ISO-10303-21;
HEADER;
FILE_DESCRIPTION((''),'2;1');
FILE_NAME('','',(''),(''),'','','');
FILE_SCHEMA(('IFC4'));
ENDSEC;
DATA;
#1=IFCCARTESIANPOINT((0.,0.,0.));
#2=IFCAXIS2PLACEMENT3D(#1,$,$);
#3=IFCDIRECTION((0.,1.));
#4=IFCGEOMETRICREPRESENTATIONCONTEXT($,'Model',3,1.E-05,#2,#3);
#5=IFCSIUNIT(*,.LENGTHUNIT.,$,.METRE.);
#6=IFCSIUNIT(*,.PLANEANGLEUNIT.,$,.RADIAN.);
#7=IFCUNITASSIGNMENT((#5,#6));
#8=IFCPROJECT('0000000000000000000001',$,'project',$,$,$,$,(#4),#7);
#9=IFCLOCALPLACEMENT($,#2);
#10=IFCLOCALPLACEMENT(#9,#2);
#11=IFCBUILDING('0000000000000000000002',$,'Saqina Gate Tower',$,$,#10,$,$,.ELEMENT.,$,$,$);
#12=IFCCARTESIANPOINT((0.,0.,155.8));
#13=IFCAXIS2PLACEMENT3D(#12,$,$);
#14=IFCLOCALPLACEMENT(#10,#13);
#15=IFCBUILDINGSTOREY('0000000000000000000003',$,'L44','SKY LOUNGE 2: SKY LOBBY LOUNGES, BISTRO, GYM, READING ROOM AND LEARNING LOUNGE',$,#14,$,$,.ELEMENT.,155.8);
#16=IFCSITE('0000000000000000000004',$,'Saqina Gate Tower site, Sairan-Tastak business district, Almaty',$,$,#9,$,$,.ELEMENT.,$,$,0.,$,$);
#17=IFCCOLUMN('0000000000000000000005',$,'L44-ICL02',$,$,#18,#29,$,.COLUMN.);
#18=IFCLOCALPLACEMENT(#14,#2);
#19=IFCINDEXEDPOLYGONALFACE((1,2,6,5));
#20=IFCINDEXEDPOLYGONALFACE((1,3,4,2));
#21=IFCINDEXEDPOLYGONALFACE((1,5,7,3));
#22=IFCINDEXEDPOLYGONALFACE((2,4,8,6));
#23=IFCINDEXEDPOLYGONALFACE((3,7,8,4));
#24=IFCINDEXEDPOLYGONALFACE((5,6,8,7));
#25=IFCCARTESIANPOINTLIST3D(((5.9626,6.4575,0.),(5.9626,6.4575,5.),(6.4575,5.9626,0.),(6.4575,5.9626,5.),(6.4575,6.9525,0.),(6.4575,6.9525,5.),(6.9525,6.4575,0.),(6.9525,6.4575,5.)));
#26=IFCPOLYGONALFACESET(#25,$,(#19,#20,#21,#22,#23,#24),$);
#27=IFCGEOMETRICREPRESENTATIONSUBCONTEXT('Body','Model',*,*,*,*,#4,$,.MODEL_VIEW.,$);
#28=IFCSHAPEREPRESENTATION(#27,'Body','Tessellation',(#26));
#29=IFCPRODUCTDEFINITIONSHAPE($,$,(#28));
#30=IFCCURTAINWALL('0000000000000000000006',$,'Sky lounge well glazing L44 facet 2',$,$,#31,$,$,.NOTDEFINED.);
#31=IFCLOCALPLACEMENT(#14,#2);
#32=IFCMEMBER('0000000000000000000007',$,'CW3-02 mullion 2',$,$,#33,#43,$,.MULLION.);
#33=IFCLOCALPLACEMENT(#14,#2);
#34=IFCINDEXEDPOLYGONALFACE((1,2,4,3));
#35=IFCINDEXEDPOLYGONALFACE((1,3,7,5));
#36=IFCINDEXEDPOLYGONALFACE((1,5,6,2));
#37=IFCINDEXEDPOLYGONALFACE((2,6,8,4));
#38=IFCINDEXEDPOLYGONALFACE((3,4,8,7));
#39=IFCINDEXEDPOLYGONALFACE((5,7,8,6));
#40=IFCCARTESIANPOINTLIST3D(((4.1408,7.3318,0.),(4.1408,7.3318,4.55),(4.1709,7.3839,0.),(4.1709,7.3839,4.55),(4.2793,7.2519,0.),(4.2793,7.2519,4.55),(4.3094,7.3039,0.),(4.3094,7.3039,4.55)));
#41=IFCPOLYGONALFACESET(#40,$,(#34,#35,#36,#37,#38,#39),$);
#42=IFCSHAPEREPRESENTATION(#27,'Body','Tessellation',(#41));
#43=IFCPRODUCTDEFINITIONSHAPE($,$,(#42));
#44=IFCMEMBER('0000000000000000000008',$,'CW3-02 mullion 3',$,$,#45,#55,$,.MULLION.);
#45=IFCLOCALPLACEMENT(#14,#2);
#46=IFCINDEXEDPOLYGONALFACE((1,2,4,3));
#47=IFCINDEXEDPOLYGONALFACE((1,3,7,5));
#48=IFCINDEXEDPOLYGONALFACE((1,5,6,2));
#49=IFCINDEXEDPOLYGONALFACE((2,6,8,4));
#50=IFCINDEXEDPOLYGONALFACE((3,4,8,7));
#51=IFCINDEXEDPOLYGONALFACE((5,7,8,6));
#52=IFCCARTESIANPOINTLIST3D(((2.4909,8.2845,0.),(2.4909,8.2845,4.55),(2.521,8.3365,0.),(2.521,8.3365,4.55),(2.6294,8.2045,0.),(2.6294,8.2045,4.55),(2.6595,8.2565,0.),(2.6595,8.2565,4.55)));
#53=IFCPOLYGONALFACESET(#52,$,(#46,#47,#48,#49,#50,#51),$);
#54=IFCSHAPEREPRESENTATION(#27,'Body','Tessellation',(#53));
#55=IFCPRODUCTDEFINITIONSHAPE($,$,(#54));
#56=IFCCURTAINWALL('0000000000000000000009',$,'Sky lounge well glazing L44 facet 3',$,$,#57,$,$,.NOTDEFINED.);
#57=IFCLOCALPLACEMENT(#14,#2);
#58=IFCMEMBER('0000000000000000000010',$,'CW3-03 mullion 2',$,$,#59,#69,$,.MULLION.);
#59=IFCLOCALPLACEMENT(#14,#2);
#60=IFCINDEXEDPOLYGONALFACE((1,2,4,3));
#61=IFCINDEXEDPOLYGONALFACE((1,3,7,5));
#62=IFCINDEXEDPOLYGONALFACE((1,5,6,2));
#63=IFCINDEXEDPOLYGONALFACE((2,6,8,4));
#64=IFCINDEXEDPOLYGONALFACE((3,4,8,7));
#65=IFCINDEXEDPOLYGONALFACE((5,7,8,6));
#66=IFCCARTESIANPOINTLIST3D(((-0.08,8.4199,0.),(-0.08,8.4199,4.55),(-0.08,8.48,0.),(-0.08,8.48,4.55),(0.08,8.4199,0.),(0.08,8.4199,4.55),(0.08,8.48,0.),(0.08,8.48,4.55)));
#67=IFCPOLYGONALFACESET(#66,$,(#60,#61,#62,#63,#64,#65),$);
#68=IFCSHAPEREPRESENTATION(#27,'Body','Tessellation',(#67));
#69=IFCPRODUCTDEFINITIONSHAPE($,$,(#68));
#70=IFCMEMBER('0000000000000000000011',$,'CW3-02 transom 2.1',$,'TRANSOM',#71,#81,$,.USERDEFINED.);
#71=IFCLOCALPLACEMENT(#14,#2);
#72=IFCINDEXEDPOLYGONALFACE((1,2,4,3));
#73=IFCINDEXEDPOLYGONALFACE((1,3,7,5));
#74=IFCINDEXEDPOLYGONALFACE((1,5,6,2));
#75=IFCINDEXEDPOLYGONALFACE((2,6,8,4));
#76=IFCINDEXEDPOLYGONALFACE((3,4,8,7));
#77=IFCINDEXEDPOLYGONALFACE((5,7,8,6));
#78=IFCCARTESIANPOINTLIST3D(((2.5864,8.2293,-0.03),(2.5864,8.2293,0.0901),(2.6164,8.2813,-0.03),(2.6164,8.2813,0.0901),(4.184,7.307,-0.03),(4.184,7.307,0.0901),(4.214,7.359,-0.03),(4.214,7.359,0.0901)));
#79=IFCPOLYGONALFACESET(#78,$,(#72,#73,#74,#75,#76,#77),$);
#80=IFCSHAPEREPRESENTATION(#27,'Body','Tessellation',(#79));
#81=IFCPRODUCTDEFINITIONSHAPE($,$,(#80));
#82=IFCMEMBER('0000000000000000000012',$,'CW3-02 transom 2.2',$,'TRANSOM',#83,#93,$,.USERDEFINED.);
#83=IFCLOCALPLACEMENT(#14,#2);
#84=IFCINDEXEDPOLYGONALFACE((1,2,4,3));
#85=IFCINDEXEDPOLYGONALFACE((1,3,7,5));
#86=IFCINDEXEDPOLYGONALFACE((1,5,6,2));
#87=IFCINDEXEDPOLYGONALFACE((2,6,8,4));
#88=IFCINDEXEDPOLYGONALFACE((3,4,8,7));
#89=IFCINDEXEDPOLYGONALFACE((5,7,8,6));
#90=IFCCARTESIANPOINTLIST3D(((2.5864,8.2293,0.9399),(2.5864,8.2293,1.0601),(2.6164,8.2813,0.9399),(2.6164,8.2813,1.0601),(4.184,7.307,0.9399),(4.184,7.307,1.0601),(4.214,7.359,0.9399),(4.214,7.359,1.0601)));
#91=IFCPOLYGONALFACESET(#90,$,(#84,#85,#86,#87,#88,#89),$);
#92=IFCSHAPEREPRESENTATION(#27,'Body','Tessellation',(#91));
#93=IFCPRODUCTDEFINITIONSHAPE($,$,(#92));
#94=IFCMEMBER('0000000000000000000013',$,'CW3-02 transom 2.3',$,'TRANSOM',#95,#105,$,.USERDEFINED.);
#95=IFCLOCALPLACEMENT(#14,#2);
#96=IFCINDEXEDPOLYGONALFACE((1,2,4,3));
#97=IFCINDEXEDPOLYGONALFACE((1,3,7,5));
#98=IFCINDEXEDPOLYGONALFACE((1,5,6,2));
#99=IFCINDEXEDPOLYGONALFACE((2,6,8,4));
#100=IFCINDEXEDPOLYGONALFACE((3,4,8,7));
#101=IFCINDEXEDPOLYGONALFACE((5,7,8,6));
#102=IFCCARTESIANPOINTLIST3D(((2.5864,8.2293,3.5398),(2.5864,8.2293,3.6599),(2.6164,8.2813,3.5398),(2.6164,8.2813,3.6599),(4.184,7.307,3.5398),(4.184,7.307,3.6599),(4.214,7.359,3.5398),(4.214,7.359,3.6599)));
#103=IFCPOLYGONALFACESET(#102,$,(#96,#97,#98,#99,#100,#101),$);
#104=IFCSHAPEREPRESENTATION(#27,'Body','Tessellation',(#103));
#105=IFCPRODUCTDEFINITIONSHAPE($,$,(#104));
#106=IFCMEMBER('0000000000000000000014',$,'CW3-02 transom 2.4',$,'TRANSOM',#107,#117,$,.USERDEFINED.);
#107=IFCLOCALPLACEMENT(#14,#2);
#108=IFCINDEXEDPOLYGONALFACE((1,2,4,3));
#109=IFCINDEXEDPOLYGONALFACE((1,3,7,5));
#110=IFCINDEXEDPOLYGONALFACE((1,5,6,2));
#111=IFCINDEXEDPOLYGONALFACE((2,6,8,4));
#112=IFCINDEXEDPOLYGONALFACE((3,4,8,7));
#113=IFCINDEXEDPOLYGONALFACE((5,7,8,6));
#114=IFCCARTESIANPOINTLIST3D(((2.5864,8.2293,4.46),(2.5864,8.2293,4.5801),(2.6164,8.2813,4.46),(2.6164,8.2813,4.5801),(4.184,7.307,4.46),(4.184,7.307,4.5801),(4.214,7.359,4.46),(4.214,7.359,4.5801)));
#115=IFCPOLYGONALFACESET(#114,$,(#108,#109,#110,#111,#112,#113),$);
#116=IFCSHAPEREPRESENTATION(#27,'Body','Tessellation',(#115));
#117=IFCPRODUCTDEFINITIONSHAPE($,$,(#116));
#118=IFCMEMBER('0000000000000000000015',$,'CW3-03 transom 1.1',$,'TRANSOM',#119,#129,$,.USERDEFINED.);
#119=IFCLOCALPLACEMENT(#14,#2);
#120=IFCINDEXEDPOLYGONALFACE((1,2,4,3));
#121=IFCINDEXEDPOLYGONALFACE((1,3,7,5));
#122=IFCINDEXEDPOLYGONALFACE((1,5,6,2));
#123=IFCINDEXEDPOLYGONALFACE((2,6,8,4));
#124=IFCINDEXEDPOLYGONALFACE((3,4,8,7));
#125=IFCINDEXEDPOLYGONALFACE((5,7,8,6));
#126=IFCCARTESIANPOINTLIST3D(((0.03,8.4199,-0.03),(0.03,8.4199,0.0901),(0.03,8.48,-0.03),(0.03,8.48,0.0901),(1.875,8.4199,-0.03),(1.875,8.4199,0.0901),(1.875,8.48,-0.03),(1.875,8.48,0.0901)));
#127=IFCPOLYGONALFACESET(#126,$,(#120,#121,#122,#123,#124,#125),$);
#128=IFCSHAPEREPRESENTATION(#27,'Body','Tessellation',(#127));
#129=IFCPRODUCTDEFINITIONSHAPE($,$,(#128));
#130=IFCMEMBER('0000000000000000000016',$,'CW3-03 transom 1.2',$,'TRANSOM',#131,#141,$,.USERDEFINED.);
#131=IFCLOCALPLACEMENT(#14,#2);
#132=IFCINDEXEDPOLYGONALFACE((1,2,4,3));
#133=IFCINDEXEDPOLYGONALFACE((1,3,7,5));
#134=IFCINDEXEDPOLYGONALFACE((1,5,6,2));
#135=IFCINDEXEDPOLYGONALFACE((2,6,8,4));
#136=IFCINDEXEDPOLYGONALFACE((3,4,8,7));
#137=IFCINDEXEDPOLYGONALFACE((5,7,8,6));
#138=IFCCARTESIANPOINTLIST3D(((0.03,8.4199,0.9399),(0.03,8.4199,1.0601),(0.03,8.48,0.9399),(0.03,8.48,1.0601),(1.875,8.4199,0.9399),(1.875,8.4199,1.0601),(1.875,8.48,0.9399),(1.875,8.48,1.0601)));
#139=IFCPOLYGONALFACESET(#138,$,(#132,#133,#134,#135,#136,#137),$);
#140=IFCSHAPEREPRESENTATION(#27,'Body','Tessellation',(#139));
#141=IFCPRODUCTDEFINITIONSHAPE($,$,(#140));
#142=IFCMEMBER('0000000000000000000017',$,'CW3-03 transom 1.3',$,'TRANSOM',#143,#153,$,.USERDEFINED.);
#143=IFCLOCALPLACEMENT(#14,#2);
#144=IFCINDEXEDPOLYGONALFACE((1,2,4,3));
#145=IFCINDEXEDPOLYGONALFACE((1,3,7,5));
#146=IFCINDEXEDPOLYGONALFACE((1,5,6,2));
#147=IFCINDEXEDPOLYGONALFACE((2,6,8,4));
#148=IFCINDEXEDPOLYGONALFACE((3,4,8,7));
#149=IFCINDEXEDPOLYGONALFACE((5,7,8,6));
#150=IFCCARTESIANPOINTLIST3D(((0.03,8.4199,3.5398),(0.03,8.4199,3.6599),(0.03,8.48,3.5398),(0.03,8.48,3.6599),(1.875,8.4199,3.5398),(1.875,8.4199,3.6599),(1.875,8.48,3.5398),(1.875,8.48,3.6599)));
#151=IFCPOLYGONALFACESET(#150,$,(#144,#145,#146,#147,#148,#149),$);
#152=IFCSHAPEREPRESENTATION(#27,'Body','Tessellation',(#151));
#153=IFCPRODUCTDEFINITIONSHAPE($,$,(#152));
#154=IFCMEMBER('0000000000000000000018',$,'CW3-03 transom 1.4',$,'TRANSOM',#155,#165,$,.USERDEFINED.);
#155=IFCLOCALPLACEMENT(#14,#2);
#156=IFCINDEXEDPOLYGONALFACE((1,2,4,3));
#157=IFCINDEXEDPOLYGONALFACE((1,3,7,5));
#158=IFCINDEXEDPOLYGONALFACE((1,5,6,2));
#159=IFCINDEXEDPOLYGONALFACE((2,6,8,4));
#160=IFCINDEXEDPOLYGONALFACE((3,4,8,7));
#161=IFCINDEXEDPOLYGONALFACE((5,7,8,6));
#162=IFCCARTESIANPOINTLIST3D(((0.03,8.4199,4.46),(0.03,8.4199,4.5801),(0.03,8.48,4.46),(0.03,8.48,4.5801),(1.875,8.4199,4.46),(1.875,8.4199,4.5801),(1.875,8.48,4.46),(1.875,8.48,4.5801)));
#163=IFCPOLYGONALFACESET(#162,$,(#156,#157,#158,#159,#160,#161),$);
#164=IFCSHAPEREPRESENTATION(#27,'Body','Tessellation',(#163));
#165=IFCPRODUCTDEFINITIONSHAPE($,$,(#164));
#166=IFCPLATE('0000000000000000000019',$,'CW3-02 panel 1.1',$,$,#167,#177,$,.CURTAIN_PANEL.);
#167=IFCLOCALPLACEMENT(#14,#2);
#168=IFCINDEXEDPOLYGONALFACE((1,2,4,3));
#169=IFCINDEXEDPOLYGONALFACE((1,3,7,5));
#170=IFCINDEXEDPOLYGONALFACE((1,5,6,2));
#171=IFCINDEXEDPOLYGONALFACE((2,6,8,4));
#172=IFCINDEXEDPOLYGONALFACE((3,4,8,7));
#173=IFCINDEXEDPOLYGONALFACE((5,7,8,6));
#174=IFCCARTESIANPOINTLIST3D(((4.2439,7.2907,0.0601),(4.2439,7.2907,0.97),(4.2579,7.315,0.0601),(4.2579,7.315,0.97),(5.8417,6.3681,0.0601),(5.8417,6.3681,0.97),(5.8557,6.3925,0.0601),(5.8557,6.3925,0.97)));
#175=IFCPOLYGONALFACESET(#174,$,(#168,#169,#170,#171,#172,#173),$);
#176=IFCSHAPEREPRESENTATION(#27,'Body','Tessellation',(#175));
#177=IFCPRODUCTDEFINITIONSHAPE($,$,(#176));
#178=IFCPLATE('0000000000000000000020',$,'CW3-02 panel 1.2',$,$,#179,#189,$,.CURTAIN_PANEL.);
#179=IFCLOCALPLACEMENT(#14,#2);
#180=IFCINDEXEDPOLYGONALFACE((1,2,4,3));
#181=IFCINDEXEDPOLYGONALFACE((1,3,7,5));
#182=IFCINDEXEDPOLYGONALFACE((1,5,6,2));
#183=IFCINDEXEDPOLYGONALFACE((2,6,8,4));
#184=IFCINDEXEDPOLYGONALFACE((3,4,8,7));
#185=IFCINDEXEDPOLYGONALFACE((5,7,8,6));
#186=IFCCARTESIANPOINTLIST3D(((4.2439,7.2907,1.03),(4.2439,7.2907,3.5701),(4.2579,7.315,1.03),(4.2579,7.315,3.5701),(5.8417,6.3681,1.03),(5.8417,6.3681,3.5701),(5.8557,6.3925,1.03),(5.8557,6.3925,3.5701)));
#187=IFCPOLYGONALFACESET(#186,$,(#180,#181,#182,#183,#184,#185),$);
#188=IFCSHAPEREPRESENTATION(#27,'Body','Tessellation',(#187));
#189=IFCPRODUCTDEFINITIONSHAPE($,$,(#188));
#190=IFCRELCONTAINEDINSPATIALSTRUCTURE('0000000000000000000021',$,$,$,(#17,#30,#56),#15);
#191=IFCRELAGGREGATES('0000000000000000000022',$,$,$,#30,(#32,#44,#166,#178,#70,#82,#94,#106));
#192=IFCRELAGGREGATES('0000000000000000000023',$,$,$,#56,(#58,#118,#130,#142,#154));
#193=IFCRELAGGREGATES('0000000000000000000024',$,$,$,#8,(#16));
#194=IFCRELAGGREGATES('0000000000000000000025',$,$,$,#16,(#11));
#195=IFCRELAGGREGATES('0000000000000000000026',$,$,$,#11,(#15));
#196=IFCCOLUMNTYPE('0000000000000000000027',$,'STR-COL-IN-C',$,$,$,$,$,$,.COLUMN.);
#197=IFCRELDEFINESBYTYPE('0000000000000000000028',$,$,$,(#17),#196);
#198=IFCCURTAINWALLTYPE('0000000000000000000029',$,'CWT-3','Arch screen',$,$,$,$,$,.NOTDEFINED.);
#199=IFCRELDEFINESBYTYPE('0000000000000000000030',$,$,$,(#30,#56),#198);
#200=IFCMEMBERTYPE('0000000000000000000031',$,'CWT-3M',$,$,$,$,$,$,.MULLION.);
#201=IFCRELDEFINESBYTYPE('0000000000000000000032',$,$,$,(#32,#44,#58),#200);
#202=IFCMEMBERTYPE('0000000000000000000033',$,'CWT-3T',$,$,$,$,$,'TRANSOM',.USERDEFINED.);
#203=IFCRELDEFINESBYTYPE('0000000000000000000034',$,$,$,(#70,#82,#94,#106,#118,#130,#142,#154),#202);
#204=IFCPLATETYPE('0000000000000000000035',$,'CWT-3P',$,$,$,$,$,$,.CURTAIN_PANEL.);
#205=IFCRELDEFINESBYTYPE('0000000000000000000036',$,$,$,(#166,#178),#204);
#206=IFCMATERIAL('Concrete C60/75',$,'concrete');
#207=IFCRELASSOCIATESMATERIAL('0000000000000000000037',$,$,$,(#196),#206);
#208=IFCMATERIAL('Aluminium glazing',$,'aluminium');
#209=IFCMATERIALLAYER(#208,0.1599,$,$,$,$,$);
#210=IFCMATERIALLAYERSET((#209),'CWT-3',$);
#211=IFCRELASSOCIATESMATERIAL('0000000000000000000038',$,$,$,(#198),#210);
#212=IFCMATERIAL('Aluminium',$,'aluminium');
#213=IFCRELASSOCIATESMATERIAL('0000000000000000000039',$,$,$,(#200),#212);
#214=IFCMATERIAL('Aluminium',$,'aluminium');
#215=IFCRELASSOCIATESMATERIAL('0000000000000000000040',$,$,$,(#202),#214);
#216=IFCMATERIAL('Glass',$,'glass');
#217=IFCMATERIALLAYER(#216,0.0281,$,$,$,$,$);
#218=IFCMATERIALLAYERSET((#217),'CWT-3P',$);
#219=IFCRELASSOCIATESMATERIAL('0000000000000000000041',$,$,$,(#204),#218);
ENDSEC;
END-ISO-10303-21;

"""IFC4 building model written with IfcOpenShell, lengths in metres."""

from ifc_helpers import new_model, si_unit, direction, frame, origin, origin_2d, place, context, subcontext, project, spatial, rectangle, extrude, material, layer, layer_set, material_profile, profile_set, type_object, element, aggregate, save


model = new_model("IFC4")

# Units and contexts
model_context = context("Model", 3, precision=1e-05, world=origin(), true_north=direction((0.0, 1.0)))
body_context = subcontext(model_context, "Body", "Model", "MODEL_VIEW")
ifc_project = project(units=[si_unit("LENGTHUNIT", "METRE"), si_unit("PLANEANGLEUNIT", "RADIAN")], contexts=[model_context])

# Site, building, storey
site_placement = place(None, origin())
site = spatial("IfcSite", under=ifc_project, at=site_placement, Name="Saqina Gate Tower site, Sairan-Tastak business district, Almaty", CompositionType="ELEMENT", RefElevation=0.0)
building_placement = place(site_placement, origin())
building = spatial("IfcBuilding", under=site, at=building_placement, Name="Saqina Gate Tower", CompositionType="ELEMENT")
storey_placement = place(building_placement, frame((0.0, 0.0, 155.8)))
storey = spatial("IfcBuildingStorey", under=building, at=storey_placement, Name="L44", Description="SKY LOUNGE 2: SKY LOBBY LOUNGES, BISTRO, GYM, READING ROOM AND LEARNING LOUNGE", CompositionType="ELEMENT", Elevation=155.8)

# Column
ifc_material_1 = material(Name="Concrete C60/75", Category="concrete")
ifc_material_profile_1 = material_profile(ifc_material_1, rectangle(XDim=0.7, YDim=0.7, at=origin_2d()), Name="RC 700x700")
ifc_profile_set_1 = profile_set([ifc_material_profile_1], Name="Concrete C60/75")
column_type = type_object("IfcColumnType", Name="STR-COL-IN-C", PredefinedType="COLUMN", material=ifc_profile_set_1)
column_placement = place(storey_placement, frame((6.4575, 6.4575, 0.0), z_axis=(0.0, 0.0, 1.0), x_axis=(0.707107, 0.707107, 0.0)))
element("IfcColumn", 1, at=column_placement, inside=storey, type_object=column_type, Name="L44-ICL02", PredefinedType="COLUMN", context=body_context, shape_type="SweptSolid", body=[
    extrude(rectangle(XDim=0.7, YDim=0.7, at=origin_2d()), origin(), (0.0, 0.0, 1.0), 5.0),
])

# Curtain wall, members
ifc_material_2 = material(Name="Aluminium glazing", Category="aluminium")
ifc_layer_1 = layer(ifc_material_2, 0.1599)
ifc_layer_set_1 = layer_set([ifc_layer_1], Name="CWT-3")
curtain_wall_type = type_object("IfcCurtainWallType", Name="CWT-3", Description="Arch screen", PredefinedType="NOTDEFINED", material=ifc_layer_set_1)
curtain_wall_1_placement = place(storey_placement, origin())
curtain_wall_1 = element("IfcCurtainWall", 2, at=curtain_wall_1_placement, inside=storey, type_object=curtain_wall_type, Name="Sky lounge well glazing L44 facet 2", PredefinedType="NOTDEFINED")
ifc_material_3 = material(Name="Aluminium", Category="aluminium")
ifc_material_profile_2 = material_profile(ifc_material_3, rectangle(XDim=0.0601, YDim=0.1599, at=origin_2d()), Name="Aluminium 60x160")
ifc_profile_set_2 = profile_set([ifc_material_profile_2], Name="Aluminium")
member_type_1 = type_object("IfcMemberType", Name="CWT-3M", PredefinedType="MULLION", material=ifc_profile_set_2)
member_1_placement = place(storey_placement, frame((4.2251, 7.3179, 0.0), z_axis=(0.0, 0.0, 1.0), x_axis=(-0.500013, -0.866018, 0.0)))
member_1 = element("IfcMember", 3, at=member_1_placement, type_object=member_type_1, Name="CW3-02 mullion 2", PredefinedType="MULLION", context=body_context, shape_type="SweptSolid", body=[
    extrude(rectangle(XDim=0.0601, YDim=0.1599, at=origin_2d()), origin(), (0.0, 0.0, 1.0), 4.55),
])
member_2_placement = place(storey_placement, frame((2.5752, 8.2705, 0.0), z_axis=(0.0, 0.0, 1.0), x_axis=(-0.500013, -0.866018, 0.0)))
member_2 = element("IfcMember", 4, at=member_2_placement, type_object=member_type_1, Name="CW3-02 mullion 3", PredefinedType="MULLION", context=body_context, shape_type="SweptSolid", body=[
    extrude(rectangle(XDim=0.0601, YDim=0.1599, at=origin_2d()), origin(), (0.0, 0.0, 1.0), 4.55),
])

# Curtain wall, member
curtain_wall_2_placement = place(storey_placement, origin())
curtain_wall_2 = element("IfcCurtainWall", 5, at=curtain_wall_2_placement, inside=storey, type_object=curtain_wall_type, Name="Sky lounge well glazing L44 facet 3", PredefinedType="NOTDEFINED")
member_3_placement = place(storey_placement, frame((0.0, 8.45, 0.0), z_axis=(0.0, 0.0, 1.0), x_axis=(0.0, -1.0, 0.0)))
member_3 = element("IfcMember", 6, at=member_3_placement, type_object=member_type_1, Name="CW3-03 mullion 2", PredefinedType="MULLION", context=body_context, shape_type="SweptSolid", body=[
    extrude(rectangle(XDim=0.0601, YDim=0.1599, at=origin_2d()), origin(), (0.0, 0.0, 1.0), 4.55),
])

# Members
ifc_material_4 = material(Name="Aluminium", Category="aluminium")
ifc_material_profile_3 = material_profile(ifc_material_4, rectangle(XDim=0.0601, YDim=0.1201, at=origin_2d()), Name="Aluminium 60x120")
ifc_profile_set_3 = profile_set([ifc_material_profile_3], Name="Aluminium")
member_type_2 = type_object("IfcMemberType", Name="CWT-3T", ElementType="TRANSOM", PredefinedType="USERDEFINED", material=ifc_profile_set_3)
member_4_placement = place(storey_placement, frame((4.199, 7.333, 0.03), z_axis=(-0.866036, 0.499982, 0.0), x_axis=(-0.499982, -0.866036, 0.0)))
member_4 = element("IfcMember", 7, at=member_4_placement, type_object=member_type_2, Name="CW3-02 transom 2.1", ObjectType="TRANSOM", PredefinedType="USERDEFINED", context=body_context, shape_type="SweptSolid", body=[
    extrude(rectangle(XDim=0.0601, YDim=0.1201, at=origin_2d()), origin(), (0.0, 0.0, 1.0), 1.8447),
])
member_5_placement = place(storey_placement, frame((4.199, 7.333, 1.0), z_axis=(-0.866036, 0.499982, 0.0), x_axis=(-0.499982, -0.866036, 0.0)))
member_5 = element("IfcMember", 8, at=member_5_placement, type_object=member_type_2, Name="CW3-02 transom 2.2", ObjectType="TRANSOM", PredefinedType="USERDEFINED", context=body_context, shape_type="SweptSolid", body=[
    extrude(rectangle(XDim=0.0601, YDim=0.1201, at=origin_2d()), origin(), (0.0, 0.0, 1.0), 1.8447),
])
member_6_placement = place(storey_placement, frame((4.199, 7.333, 3.5999), z_axis=(-0.866036, 0.499982, 0.0), x_axis=(-0.499982, -0.866036, 0.0)))
member_6 = element("IfcMember", 9, at=member_6_placement, type_object=member_type_2, Name="CW3-02 transom 2.3", ObjectType="TRANSOM", PredefinedType="USERDEFINED", context=body_context, shape_type="SweptSolid", body=[
    extrude(rectangle(XDim=0.0601, YDim=0.1201, at=origin_2d()), origin(), (0.0, 0.0, 1.0), 1.8447),
])
member_7_placement = place(storey_placement, frame((4.199, 7.333, 4.52), z_axis=(-0.866036, 0.499982, 0.0), x_axis=(-0.499982, -0.866036, 0.0)))
member_7 = element("IfcMember", 10, at=member_7_placement, type_object=member_type_2, Name="CW3-02 transom 2.4", ObjectType="TRANSOM", PredefinedType="USERDEFINED", context=body_context, shape_type="SweptSolid", body=[
    extrude(rectangle(XDim=0.0601, YDim=0.1201, at=origin_2d()), origin(), (0.0, 0.0, 1.0), 1.8447),
])
member_8_placement = place(storey_placement, frame((1.875, 8.45, 0.03), z_axis=(-1.0, 0.0, 0.0), x_axis=(0.0, -1.0, 0.0)))
member_8 = element("IfcMember", 11, at=member_8_placement, type_object=member_type_2, Name="CW3-03 transom 1.1", ObjectType="TRANSOM", PredefinedType="USERDEFINED", context=body_context, shape_type="SweptSolid", body=[
    extrude(rectangle(XDim=0.0601, YDim=0.1201, at=origin_2d()), origin(), (0.0, 0.0, 1.0), 1.845),
])
member_9_placement = place(storey_placement, frame((1.875, 8.45, 1.0), z_axis=(-1.0, 0.0, 0.0), x_axis=(0.0, -1.0, 0.0)))
member_9 = element("IfcMember", 12, at=member_9_placement, type_object=member_type_2, Name="CW3-03 transom 1.2", ObjectType="TRANSOM", PredefinedType="USERDEFINED", context=body_context, shape_type="SweptSolid", body=[
    extrude(rectangle(XDim=0.0601, YDim=0.1201, at=origin_2d()), origin(), (0.0, 0.0, 1.0), 1.845),
])
member_10_placement = place(storey_placement, frame((1.875, 8.45, 3.5999), z_axis=(-1.0, 0.0, 0.0), x_axis=(0.0, -1.0, 0.0)))
member_10 = element("IfcMember", 13, at=member_10_placement, type_object=member_type_2, Name="CW3-03 transom 1.3", ObjectType="TRANSOM", PredefinedType="USERDEFINED", context=body_context, shape_type="SweptSolid", body=[
    extrude(rectangle(XDim=0.0601, YDim=0.1201, at=origin_2d()), origin(), (0.0, 0.0, 1.0), 1.845),
])
member_11_placement = place(storey_placement, frame((1.875, 8.45, 4.52), z_axis=(-1.0, 0.0, 0.0), x_axis=(0.0, -1.0, 0.0)))
member_11 = element("IfcMember", 14, at=member_11_placement, type_object=member_type_2, Name="CW3-03 transom 1.4", ObjectType="TRANSOM", PredefinedType="USERDEFINED", context=body_context, shape_type="SweptSolid", body=[
    extrude(rectangle(XDim=0.0601, YDim=0.1201, at=origin_2d()), origin(), (0.0, 0.0, 1.0), 1.845),
])

# Plates
ifc_material_5 = material(Name="Glass", Category="glass")
ifc_layer_2 = layer(ifc_material_5, 0.0281)
ifc_layer_set_2 = layer_set([ifc_layer_2], Name="CWT-3P")
plate_type = type_object("IfcPlateType", Name="CWT-3P", PredefinedType="CURTAIN_PANEL", material=ifc_layer_set_2)
plate_1_placement = place(storey_placement, frame((5.0498, 6.8416, 0.0601), z_axis=(0.0, 0.0, 1.0), x_axis=(-0.866018, 0.500013, 0.0)))
plate_1 = element("IfcPlate", 15, at=plate_1_placement, type_object=plate_type, Name="CW3-02 panel 1.1", PredefinedType="CURTAIN_PANEL", context=body_context, shape_type="SweptSolid", body=[
    extrude(rectangle(XDim=1.845, YDim=0.0281, at=origin_2d()), origin(), (0.0, 0.0, 1.0), 0.9099),
])
plate_2_placement = place(storey_placement, frame((5.0498, 6.8416, 1.03), z_axis=(0.0, 0.0, 1.0), x_axis=(-0.866018, 0.500013, 0.0)))
plate_2 = element("IfcPlate", 16, at=plate_2_placement, type_object=plate_type, Name="CW3-02 panel 1.2", PredefinedType="CURTAIN_PANEL", context=body_context, shape_type="SweptSolid", body=[
    extrude(rectangle(XDim=1.845, YDim=0.0281, at=origin_2d()), origin(), (0.0, 0.0, 1.0), 2.54),
])
aggregate(curtain_wall_1, [member_1, member_2, plate_1, plate_2, member_4, member_5, member_6, member_7])
aggregate(curtain_wall_2, [member_3, member_8, member_9, member_10, member_11])

save(model, "model.ifc")
